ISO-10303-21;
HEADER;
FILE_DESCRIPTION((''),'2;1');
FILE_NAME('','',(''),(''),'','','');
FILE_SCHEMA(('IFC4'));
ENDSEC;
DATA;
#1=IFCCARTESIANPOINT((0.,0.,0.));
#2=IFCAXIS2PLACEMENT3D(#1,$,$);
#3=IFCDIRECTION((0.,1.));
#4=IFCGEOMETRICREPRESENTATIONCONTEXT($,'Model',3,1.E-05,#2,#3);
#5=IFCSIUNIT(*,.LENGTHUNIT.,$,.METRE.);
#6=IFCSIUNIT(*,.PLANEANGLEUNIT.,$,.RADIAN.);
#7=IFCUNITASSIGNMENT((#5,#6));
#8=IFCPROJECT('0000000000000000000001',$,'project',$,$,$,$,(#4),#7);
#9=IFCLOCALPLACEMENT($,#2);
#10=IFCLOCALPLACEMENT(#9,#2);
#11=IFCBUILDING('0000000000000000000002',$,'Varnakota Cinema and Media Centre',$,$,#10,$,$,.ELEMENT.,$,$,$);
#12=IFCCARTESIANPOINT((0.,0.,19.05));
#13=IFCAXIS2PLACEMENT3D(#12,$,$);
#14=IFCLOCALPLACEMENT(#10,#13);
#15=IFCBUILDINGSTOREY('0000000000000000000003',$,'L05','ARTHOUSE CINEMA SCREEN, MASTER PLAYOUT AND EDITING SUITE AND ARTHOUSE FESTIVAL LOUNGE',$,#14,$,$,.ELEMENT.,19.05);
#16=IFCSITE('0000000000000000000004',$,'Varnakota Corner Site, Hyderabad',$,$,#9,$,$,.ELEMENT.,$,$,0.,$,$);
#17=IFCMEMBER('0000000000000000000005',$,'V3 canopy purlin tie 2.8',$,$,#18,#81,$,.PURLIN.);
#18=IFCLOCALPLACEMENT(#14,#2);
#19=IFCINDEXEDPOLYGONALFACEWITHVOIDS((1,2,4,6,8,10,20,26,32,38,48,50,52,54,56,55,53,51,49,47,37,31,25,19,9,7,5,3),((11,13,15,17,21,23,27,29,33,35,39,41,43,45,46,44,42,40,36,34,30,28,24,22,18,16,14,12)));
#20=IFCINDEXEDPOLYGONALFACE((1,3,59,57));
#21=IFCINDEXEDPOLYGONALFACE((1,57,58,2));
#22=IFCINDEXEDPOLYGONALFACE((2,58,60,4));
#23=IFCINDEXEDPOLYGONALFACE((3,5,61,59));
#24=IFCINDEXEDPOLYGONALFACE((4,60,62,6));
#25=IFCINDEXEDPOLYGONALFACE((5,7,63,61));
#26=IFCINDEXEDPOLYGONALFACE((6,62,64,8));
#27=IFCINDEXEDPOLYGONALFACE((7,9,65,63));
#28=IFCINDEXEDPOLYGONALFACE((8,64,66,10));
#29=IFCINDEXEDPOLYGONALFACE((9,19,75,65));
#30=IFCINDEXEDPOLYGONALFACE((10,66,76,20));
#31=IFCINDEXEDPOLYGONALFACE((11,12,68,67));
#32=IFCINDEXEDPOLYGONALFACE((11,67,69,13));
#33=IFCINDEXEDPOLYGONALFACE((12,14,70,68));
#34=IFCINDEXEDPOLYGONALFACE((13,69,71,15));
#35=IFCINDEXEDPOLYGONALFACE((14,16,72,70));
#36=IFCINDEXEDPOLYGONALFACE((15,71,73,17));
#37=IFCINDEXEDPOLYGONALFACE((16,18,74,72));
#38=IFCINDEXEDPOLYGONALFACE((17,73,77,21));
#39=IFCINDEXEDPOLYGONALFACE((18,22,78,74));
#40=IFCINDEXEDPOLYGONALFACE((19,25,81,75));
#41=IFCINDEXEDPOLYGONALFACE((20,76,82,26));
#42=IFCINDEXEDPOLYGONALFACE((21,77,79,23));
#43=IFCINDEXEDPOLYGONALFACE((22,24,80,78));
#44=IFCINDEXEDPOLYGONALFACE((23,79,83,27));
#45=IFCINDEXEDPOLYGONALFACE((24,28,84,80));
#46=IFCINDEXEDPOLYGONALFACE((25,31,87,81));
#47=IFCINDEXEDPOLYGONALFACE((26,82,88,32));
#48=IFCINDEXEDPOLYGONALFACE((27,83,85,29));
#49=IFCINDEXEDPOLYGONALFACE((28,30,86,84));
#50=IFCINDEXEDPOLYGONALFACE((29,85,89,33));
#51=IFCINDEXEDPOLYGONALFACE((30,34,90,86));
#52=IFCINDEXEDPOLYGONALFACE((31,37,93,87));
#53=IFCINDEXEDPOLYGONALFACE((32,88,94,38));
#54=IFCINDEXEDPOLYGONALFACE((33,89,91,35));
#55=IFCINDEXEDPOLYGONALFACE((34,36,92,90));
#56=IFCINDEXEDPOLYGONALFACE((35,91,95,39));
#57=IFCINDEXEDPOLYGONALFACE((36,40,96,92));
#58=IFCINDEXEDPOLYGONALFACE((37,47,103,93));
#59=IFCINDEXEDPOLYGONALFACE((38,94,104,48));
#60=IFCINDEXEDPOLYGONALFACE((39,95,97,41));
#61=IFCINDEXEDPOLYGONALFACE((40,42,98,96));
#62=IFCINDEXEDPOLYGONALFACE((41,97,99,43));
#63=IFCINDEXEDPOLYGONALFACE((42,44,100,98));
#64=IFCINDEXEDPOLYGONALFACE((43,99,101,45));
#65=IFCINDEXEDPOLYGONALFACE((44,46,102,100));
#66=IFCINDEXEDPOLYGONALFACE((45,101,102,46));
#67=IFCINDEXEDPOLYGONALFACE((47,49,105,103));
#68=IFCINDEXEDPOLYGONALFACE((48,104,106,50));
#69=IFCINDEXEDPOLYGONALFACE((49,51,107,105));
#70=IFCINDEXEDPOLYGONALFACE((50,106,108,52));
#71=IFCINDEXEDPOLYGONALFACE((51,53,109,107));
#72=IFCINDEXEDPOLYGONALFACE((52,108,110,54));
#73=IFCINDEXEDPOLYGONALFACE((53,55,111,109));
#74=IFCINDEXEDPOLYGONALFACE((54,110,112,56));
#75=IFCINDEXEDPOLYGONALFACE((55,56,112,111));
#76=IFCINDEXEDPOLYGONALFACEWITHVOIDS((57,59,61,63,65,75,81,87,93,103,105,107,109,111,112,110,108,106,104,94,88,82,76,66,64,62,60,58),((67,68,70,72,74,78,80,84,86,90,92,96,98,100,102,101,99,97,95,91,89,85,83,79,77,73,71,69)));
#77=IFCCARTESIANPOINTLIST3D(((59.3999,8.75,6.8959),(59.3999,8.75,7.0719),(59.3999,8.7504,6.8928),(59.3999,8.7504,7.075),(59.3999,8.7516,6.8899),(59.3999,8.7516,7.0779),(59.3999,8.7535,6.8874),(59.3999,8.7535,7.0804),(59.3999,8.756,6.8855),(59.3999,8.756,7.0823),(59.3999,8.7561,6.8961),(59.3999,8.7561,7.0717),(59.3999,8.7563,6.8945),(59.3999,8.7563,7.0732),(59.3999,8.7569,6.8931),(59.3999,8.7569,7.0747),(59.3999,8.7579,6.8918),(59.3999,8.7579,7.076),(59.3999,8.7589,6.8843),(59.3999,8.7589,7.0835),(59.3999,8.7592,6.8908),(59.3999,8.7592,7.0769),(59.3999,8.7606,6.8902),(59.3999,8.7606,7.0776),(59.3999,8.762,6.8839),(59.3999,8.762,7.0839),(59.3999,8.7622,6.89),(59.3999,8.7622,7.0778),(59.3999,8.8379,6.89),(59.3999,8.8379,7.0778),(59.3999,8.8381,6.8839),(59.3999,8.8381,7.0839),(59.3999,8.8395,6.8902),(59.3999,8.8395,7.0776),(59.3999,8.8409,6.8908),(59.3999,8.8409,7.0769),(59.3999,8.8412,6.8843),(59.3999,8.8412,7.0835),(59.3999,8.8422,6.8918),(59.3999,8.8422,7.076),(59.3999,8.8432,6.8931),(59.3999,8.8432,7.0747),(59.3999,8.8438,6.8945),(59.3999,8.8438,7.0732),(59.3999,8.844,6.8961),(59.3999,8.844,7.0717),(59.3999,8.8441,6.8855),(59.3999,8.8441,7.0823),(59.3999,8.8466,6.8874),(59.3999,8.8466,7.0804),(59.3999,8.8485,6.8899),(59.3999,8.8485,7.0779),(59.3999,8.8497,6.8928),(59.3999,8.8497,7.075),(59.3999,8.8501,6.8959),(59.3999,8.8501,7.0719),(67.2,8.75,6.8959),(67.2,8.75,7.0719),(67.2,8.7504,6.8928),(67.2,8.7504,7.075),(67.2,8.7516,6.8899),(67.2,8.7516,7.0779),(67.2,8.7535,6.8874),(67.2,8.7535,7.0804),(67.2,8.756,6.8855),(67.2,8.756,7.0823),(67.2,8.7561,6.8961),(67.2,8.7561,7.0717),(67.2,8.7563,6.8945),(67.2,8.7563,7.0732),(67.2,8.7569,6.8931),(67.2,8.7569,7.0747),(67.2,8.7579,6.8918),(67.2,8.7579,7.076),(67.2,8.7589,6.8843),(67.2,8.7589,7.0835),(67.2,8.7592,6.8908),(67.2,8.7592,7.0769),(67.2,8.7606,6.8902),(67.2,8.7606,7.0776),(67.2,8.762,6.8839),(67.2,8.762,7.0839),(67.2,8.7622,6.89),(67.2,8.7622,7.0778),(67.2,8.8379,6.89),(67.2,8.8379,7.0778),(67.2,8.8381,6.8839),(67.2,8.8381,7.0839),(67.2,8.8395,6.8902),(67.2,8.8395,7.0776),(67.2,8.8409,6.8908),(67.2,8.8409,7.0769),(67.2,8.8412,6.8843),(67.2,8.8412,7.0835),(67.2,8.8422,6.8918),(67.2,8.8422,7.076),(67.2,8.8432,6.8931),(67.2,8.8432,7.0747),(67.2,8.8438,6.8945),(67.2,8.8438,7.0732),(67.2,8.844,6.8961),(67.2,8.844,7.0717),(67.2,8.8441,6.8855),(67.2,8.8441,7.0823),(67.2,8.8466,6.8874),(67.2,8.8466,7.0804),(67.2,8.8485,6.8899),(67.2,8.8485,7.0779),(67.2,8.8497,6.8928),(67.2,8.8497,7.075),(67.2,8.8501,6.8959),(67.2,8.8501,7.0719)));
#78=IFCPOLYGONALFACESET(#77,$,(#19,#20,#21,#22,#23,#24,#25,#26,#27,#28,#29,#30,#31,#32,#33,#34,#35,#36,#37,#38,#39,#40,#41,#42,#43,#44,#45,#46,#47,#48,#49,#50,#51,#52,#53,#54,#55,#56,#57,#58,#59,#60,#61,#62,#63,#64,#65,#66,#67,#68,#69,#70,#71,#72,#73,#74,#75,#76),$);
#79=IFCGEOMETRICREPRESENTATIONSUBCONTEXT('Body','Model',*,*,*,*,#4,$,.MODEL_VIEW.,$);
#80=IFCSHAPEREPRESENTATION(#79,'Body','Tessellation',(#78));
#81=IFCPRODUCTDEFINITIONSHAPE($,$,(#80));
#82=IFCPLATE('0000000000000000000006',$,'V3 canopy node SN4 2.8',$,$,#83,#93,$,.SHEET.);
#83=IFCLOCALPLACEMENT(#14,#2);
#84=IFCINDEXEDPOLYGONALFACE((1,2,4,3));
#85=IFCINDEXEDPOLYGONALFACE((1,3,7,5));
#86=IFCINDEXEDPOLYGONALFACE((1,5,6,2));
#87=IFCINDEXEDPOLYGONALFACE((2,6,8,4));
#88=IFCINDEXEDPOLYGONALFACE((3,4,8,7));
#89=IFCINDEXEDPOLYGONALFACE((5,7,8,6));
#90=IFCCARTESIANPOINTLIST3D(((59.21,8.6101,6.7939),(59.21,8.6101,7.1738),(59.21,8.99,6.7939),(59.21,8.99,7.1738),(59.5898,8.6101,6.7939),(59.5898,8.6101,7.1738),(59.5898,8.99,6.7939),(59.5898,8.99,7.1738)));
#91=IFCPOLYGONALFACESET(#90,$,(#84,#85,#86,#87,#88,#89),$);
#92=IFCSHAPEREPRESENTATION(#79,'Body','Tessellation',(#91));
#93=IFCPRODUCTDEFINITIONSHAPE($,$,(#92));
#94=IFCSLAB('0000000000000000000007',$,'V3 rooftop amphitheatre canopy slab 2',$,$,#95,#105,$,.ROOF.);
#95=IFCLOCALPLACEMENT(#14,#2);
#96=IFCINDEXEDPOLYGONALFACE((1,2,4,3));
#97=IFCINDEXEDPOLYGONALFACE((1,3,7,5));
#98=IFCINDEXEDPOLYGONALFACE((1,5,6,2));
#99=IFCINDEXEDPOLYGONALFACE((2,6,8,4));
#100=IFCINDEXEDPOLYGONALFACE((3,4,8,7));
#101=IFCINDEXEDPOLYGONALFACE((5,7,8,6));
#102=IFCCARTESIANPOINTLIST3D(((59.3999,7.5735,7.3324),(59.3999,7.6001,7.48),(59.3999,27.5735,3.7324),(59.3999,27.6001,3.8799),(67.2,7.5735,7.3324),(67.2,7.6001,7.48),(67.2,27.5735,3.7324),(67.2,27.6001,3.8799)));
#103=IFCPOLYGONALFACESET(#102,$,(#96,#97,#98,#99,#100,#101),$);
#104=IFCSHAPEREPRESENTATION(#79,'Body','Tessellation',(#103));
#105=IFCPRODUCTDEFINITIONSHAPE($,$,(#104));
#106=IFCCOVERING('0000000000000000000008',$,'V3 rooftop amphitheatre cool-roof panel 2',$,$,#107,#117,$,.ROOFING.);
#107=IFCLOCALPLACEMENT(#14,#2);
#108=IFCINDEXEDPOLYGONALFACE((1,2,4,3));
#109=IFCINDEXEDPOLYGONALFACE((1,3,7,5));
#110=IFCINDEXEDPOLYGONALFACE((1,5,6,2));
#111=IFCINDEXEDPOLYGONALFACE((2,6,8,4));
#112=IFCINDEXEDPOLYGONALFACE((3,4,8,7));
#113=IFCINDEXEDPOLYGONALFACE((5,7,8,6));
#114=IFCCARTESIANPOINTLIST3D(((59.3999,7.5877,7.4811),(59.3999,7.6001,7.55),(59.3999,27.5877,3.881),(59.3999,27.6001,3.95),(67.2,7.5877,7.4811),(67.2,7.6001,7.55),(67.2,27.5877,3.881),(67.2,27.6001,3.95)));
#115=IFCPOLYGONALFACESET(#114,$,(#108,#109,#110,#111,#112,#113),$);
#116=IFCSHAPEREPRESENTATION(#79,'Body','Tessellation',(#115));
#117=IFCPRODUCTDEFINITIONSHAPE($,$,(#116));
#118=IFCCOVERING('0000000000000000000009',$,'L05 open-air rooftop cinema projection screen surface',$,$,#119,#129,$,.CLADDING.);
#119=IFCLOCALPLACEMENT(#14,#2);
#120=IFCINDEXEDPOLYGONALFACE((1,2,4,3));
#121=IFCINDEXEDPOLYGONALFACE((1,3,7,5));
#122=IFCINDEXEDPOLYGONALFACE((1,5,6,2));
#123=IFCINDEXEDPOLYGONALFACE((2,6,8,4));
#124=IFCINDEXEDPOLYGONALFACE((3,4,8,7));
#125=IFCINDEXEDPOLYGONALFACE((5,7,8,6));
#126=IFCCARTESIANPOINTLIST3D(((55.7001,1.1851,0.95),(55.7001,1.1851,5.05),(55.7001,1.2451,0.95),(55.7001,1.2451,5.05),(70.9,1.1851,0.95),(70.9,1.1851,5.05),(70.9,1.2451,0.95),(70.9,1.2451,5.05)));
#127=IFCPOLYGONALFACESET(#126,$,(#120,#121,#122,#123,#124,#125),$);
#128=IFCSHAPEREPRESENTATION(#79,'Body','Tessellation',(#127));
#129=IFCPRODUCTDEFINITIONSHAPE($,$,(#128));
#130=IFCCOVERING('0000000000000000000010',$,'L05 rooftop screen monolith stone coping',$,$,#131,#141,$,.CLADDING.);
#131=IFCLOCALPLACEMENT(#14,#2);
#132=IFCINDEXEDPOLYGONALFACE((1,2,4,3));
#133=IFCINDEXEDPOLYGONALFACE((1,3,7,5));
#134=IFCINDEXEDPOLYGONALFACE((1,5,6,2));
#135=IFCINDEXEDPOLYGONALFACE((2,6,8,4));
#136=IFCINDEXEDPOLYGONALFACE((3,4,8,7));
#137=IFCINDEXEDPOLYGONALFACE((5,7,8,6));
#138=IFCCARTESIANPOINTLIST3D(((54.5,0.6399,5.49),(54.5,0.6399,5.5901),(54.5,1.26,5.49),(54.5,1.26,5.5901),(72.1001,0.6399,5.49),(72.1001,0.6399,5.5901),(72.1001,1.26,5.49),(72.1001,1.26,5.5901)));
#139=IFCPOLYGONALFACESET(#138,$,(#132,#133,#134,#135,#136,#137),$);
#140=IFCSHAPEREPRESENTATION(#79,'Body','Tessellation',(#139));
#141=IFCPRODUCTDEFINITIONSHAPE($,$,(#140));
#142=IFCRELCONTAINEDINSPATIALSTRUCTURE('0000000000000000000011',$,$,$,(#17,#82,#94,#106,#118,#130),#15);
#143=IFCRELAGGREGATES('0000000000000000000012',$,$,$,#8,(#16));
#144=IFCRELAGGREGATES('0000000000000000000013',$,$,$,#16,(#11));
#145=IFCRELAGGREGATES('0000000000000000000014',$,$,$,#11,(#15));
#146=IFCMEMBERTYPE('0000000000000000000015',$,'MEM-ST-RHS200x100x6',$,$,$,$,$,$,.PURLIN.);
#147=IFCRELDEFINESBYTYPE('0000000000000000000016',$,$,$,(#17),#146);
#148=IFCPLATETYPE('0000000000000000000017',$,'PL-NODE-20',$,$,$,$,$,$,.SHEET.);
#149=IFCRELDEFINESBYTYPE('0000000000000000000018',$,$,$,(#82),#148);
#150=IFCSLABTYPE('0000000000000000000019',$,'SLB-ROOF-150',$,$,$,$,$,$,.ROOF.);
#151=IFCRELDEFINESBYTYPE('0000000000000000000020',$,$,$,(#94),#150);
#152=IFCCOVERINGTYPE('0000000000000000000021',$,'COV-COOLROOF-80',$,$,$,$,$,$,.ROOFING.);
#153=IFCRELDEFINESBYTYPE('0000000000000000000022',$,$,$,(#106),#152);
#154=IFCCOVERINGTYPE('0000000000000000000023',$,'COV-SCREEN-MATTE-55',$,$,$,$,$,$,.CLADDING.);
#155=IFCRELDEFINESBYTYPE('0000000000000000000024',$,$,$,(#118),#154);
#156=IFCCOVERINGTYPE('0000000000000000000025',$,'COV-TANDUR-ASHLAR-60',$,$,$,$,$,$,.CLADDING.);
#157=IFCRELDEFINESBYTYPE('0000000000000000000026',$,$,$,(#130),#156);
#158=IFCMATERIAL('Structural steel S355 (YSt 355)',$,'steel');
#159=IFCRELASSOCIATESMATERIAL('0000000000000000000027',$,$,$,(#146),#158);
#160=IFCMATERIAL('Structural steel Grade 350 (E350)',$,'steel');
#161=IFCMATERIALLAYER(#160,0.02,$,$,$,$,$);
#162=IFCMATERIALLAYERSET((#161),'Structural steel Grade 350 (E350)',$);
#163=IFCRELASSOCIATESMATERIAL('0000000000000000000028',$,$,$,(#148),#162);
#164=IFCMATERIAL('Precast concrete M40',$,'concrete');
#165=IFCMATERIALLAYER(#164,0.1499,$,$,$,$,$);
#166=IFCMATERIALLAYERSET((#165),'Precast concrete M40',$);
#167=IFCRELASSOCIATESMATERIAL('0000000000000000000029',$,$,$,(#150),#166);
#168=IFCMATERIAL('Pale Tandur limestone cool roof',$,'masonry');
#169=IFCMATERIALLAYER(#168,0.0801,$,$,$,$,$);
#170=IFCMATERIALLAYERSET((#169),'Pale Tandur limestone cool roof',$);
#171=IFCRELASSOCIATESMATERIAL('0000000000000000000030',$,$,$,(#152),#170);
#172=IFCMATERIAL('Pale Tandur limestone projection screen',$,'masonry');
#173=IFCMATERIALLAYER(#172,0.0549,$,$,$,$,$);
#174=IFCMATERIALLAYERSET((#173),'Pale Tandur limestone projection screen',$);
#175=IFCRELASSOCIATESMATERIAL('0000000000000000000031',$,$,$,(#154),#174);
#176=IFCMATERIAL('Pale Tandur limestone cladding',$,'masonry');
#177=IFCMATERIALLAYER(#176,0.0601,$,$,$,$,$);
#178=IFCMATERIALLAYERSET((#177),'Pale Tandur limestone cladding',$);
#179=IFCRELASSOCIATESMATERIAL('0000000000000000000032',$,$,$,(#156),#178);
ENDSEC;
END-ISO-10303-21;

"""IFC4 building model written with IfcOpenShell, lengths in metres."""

from ifc_helpers import new_model, si_unit, direction, frame, origin, origin_2d, place, context, subcontext, project, spatial, polyline, rectangle, hollow_rectangle, outline, extrude, material, layer, layer_set, material_profile, profile_set, type_object, element, save


model = new_model("IFC4")

# Units and contexts
model_context = context("Model", 3, precision=1e-05, world=origin(), true_north=direction((0.0, 1.0)))
body_context = subcontext(model_context, "Body", "Model", "MODEL_VIEW")
ifc_project = project(units=[si_unit("LENGTHUNIT", "METRE"), si_unit("PLANEANGLEUNIT", "RADIAN")], contexts=[model_context])

# Site, building, storey
site_placement = place(None, origin())
site = spatial("IfcSite", under=ifc_project, at=site_placement, Name="Varnakota Corner Site, Hyderabad", CompositionType="ELEMENT", RefElevation=0.0)
building_placement = place(site_placement, origin())
building = spatial("IfcBuilding", under=site, at=building_placement, Name="Varnakota Cinema and Media Centre", CompositionType="ELEMENT")
storey_placement = place(building_placement, frame((0.0, 0.0, 19.05)))
storey = spatial("IfcBuildingStorey", under=building, at=storey_placement, Name="L05", Description="ARTHOUSE CINEMA SCREEN, MASTER PLAYOUT AND EDITING SUITE AND ARTHOUSE FESTIVAL LOUNGE", CompositionType="ELEMENT", Elevation=19.05)

# Member
ifc_material_1 = material(Name="Structural steel S355 (YSt 355)", Category="steel")
ifc_material_profile_1 = material_profile(ifc_material_1, hollow_rectangle(XDim=0.1001, YDim=0.2, WallThickness=0.0061, InnerFilletRadius=0.0061, OuterFilletRadius=0.012, at=origin_2d()), Name="RHS 200x100x6")
ifc_profile_set_1 = profile_set([ifc_material_profile_1], Name="Structural steel S355 (YSt 355)")
member_type_1 = type_object("IfcMemberType", Name="MEM-ST-RHS200x100x6", PredefinedType="PURLIN", material=ifc_profile_set_1)
for number, where, z_axis, x_axis, name in (
    (1, (59.3999, 8.8, 6.9839), (1.0, 0.0, 0.0), (0.0, 1.0, 0.0), "V3 canopy purlin tie 2.8"),
):
    element("IfcMember", number, at=place(storey_placement, frame(where, z_axis=z_axis, x_axis=x_axis)), inside=storey, type_object=member_type_1, Name=name, PredefinedType="PURLIN", context=body_context, shape_type="SweptSolid", body=[
        extrude(hollow_rectangle(XDim=0.1001, YDim=0.2, WallThickness=0.0061, InnerFilletRadius=0.0061, OuterFilletRadius=0.012, at=origin_2d()), origin(), (0.0, 0.0, 1.0), 7.8),
    ])

# Plate
ifc_material_2 = material(Name="Structural steel Grade 350 (E350)", Category="steel")
ifc_layer_1 = layer(ifc_material_2, 0.02)
ifc_layer_set_1 = layer_set([ifc_layer_1], Name="Structural steel Grade 350 (E350)")
plate_type = type_object("IfcPlateType", Name="PL-NODE-20", PredefinedType="SHEET", material=ifc_layer_set_1)
plate_placement = place(storey_placement, frame((59.3999, 8.8, 6.7939), z_axis=(0.0, 0.0, 1.0), x_axis=(1.0, 0.0, 0.0)))
element("IfcPlate", 2, at=plate_placement, inside=storey, type_object=plate_type, Name="V3 canopy node SN4 2.8", PredefinedType="SHEET", context=body_context, shape_type="SweptSolid", body=[
    extrude(rectangle(XDim=0.3799, YDim=0.3799, at=origin_2d()), origin(), (0.0, 0.0, 1.0), 0.3799),
])

# Slab
ifc_material_3 = material(Name="Precast concrete M40", Category="concrete")
ifc_layer_2 = layer(ifc_material_3, 0.1499)
ifc_layer_set_2 = layer_set([ifc_layer_2], Name="Precast concrete M40")
slab_type = type_object("IfcSlabType", Name="SLB-ROOF-150", PredefinedType="ROOF", material=ifc_layer_set_2)
slab_placement = place(storey_placement, frame((59.3999, 7.6001, 7.48), z_axis=(0.0, 0.177158, 0.984182), x_axis=(1.0, 0.0, 0.0)))
element("IfcSlab", 3, at=slab_placement, inside=storey, type_object=slab_type, Name="V3 rooftop amphitheatre canopy slab 2", PredefinedType="ROOF", context=body_context, shape_type="SweptSolid", body=[
    extrude(outline(polyline([(0.0, 0.0), (7.8, 0.0), (7.8, 20.3214), (0.0, 20.3214), (0.0, 0.0)])), origin(), (0.0, 0.0, -1.0), 0.1499),
])

# Coverings
ifc_material_4 = material(Name="Pale Tandur limestone cool roof", Category="masonry")
ifc_layer_3 = layer(ifc_material_4, 0.0801)
ifc_layer_set_3 = layer_set([ifc_layer_3], Name="Pale Tandur limestone cool roof")
covering_type_1 = type_object("IfcCoveringType", Name="COV-COOLROOF-80", PredefinedType="ROOFING", material=ifc_layer_set_3)
covering_1_placement = place(storey_placement, frame((59.3999, 7.6001, 7.55), z_axis=(0.0, 0.177158, 0.984182), x_axis=(1.0, 0.0, 0.0)))
element("IfcCovering", 4, at=covering_1_placement, inside=storey, type_object=covering_type_1, Name="V3 rooftop amphitheatre cool-roof panel 2", PredefinedType="ROOFING", context=body_context, shape_type="SweptSolid", body=[
    extrude(outline(polyline([(0.0, 0.0), (7.8, 0.0), (7.8, 20.3214), (0.0, 20.3214), (0.0, 0.0)])), origin(), (0.0, 0.0, -1.0), 0.0701),
])
ifc_material_5 = material(Name="Pale Tandur limestone projection screen", Category="masonry")
ifc_layer_4 = layer(ifc_material_5, 0.0549)
ifc_layer_set_4 = layer_set([ifc_layer_4], Name="Pale Tandur limestone projection screen")
covering_type_2 = type_object("IfcCoveringType", Name="COV-SCREEN-MATTE-55", PredefinedType="CLADDING", material=ifc_layer_set_4)
covering_2_placement = place(storey_placement, frame((63.3, 1.2151, 0.95), z_axis=(0.0, 0.0, 1.0), x_axis=(1.0, 0.0, 0.0)))
element("IfcCovering", 5, at=covering_2_placement, inside=storey, type_object=covering_type_2, Name="L05 open-air rooftop cinema projection screen surface", PredefinedType="CLADDING", context=body_context, shape_type="SweptSolid", body=[
    extrude(rectangle(XDim=15.2, YDim=0.0601, at=origin_2d()), origin(), (0.0, 0.0, 1.0), 4.1001),
])
ifc_material_6 = material(Name="Pale Tandur limestone cladding", Category="masonry")
ifc_layer_5 = layer(ifc_material_6, 0.0601)
ifc_layer_set_5 = layer_set([ifc_layer_5], Name="Pale Tandur limestone cladding")
covering_type_3 = type_object("IfcCoveringType", Name="COV-TANDUR-ASHLAR-60", PredefinedType="CLADDING", material=ifc_layer_set_5)
covering_3_placement = place(storey_placement, frame((63.3, 0.95, 5.49), z_axis=(0.0, 0.0, 1.0), x_axis=(1.0, 0.0, 0.0)))
element("IfcCovering", 6, at=covering_3_placement, inside=storey, type_object=covering_type_3, Name="L05 rooftop screen monolith stone coping", PredefinedType="CLADDING", context=body_context, shape_type="SweptSolid", body=[
    extrude(rectangle(XDim=17.6001, YDim=0.6201, at=origin_2d()), origin(), (0.0, 0.0, 1.0), 0.1001),
])

save(model, "model.ifc")
